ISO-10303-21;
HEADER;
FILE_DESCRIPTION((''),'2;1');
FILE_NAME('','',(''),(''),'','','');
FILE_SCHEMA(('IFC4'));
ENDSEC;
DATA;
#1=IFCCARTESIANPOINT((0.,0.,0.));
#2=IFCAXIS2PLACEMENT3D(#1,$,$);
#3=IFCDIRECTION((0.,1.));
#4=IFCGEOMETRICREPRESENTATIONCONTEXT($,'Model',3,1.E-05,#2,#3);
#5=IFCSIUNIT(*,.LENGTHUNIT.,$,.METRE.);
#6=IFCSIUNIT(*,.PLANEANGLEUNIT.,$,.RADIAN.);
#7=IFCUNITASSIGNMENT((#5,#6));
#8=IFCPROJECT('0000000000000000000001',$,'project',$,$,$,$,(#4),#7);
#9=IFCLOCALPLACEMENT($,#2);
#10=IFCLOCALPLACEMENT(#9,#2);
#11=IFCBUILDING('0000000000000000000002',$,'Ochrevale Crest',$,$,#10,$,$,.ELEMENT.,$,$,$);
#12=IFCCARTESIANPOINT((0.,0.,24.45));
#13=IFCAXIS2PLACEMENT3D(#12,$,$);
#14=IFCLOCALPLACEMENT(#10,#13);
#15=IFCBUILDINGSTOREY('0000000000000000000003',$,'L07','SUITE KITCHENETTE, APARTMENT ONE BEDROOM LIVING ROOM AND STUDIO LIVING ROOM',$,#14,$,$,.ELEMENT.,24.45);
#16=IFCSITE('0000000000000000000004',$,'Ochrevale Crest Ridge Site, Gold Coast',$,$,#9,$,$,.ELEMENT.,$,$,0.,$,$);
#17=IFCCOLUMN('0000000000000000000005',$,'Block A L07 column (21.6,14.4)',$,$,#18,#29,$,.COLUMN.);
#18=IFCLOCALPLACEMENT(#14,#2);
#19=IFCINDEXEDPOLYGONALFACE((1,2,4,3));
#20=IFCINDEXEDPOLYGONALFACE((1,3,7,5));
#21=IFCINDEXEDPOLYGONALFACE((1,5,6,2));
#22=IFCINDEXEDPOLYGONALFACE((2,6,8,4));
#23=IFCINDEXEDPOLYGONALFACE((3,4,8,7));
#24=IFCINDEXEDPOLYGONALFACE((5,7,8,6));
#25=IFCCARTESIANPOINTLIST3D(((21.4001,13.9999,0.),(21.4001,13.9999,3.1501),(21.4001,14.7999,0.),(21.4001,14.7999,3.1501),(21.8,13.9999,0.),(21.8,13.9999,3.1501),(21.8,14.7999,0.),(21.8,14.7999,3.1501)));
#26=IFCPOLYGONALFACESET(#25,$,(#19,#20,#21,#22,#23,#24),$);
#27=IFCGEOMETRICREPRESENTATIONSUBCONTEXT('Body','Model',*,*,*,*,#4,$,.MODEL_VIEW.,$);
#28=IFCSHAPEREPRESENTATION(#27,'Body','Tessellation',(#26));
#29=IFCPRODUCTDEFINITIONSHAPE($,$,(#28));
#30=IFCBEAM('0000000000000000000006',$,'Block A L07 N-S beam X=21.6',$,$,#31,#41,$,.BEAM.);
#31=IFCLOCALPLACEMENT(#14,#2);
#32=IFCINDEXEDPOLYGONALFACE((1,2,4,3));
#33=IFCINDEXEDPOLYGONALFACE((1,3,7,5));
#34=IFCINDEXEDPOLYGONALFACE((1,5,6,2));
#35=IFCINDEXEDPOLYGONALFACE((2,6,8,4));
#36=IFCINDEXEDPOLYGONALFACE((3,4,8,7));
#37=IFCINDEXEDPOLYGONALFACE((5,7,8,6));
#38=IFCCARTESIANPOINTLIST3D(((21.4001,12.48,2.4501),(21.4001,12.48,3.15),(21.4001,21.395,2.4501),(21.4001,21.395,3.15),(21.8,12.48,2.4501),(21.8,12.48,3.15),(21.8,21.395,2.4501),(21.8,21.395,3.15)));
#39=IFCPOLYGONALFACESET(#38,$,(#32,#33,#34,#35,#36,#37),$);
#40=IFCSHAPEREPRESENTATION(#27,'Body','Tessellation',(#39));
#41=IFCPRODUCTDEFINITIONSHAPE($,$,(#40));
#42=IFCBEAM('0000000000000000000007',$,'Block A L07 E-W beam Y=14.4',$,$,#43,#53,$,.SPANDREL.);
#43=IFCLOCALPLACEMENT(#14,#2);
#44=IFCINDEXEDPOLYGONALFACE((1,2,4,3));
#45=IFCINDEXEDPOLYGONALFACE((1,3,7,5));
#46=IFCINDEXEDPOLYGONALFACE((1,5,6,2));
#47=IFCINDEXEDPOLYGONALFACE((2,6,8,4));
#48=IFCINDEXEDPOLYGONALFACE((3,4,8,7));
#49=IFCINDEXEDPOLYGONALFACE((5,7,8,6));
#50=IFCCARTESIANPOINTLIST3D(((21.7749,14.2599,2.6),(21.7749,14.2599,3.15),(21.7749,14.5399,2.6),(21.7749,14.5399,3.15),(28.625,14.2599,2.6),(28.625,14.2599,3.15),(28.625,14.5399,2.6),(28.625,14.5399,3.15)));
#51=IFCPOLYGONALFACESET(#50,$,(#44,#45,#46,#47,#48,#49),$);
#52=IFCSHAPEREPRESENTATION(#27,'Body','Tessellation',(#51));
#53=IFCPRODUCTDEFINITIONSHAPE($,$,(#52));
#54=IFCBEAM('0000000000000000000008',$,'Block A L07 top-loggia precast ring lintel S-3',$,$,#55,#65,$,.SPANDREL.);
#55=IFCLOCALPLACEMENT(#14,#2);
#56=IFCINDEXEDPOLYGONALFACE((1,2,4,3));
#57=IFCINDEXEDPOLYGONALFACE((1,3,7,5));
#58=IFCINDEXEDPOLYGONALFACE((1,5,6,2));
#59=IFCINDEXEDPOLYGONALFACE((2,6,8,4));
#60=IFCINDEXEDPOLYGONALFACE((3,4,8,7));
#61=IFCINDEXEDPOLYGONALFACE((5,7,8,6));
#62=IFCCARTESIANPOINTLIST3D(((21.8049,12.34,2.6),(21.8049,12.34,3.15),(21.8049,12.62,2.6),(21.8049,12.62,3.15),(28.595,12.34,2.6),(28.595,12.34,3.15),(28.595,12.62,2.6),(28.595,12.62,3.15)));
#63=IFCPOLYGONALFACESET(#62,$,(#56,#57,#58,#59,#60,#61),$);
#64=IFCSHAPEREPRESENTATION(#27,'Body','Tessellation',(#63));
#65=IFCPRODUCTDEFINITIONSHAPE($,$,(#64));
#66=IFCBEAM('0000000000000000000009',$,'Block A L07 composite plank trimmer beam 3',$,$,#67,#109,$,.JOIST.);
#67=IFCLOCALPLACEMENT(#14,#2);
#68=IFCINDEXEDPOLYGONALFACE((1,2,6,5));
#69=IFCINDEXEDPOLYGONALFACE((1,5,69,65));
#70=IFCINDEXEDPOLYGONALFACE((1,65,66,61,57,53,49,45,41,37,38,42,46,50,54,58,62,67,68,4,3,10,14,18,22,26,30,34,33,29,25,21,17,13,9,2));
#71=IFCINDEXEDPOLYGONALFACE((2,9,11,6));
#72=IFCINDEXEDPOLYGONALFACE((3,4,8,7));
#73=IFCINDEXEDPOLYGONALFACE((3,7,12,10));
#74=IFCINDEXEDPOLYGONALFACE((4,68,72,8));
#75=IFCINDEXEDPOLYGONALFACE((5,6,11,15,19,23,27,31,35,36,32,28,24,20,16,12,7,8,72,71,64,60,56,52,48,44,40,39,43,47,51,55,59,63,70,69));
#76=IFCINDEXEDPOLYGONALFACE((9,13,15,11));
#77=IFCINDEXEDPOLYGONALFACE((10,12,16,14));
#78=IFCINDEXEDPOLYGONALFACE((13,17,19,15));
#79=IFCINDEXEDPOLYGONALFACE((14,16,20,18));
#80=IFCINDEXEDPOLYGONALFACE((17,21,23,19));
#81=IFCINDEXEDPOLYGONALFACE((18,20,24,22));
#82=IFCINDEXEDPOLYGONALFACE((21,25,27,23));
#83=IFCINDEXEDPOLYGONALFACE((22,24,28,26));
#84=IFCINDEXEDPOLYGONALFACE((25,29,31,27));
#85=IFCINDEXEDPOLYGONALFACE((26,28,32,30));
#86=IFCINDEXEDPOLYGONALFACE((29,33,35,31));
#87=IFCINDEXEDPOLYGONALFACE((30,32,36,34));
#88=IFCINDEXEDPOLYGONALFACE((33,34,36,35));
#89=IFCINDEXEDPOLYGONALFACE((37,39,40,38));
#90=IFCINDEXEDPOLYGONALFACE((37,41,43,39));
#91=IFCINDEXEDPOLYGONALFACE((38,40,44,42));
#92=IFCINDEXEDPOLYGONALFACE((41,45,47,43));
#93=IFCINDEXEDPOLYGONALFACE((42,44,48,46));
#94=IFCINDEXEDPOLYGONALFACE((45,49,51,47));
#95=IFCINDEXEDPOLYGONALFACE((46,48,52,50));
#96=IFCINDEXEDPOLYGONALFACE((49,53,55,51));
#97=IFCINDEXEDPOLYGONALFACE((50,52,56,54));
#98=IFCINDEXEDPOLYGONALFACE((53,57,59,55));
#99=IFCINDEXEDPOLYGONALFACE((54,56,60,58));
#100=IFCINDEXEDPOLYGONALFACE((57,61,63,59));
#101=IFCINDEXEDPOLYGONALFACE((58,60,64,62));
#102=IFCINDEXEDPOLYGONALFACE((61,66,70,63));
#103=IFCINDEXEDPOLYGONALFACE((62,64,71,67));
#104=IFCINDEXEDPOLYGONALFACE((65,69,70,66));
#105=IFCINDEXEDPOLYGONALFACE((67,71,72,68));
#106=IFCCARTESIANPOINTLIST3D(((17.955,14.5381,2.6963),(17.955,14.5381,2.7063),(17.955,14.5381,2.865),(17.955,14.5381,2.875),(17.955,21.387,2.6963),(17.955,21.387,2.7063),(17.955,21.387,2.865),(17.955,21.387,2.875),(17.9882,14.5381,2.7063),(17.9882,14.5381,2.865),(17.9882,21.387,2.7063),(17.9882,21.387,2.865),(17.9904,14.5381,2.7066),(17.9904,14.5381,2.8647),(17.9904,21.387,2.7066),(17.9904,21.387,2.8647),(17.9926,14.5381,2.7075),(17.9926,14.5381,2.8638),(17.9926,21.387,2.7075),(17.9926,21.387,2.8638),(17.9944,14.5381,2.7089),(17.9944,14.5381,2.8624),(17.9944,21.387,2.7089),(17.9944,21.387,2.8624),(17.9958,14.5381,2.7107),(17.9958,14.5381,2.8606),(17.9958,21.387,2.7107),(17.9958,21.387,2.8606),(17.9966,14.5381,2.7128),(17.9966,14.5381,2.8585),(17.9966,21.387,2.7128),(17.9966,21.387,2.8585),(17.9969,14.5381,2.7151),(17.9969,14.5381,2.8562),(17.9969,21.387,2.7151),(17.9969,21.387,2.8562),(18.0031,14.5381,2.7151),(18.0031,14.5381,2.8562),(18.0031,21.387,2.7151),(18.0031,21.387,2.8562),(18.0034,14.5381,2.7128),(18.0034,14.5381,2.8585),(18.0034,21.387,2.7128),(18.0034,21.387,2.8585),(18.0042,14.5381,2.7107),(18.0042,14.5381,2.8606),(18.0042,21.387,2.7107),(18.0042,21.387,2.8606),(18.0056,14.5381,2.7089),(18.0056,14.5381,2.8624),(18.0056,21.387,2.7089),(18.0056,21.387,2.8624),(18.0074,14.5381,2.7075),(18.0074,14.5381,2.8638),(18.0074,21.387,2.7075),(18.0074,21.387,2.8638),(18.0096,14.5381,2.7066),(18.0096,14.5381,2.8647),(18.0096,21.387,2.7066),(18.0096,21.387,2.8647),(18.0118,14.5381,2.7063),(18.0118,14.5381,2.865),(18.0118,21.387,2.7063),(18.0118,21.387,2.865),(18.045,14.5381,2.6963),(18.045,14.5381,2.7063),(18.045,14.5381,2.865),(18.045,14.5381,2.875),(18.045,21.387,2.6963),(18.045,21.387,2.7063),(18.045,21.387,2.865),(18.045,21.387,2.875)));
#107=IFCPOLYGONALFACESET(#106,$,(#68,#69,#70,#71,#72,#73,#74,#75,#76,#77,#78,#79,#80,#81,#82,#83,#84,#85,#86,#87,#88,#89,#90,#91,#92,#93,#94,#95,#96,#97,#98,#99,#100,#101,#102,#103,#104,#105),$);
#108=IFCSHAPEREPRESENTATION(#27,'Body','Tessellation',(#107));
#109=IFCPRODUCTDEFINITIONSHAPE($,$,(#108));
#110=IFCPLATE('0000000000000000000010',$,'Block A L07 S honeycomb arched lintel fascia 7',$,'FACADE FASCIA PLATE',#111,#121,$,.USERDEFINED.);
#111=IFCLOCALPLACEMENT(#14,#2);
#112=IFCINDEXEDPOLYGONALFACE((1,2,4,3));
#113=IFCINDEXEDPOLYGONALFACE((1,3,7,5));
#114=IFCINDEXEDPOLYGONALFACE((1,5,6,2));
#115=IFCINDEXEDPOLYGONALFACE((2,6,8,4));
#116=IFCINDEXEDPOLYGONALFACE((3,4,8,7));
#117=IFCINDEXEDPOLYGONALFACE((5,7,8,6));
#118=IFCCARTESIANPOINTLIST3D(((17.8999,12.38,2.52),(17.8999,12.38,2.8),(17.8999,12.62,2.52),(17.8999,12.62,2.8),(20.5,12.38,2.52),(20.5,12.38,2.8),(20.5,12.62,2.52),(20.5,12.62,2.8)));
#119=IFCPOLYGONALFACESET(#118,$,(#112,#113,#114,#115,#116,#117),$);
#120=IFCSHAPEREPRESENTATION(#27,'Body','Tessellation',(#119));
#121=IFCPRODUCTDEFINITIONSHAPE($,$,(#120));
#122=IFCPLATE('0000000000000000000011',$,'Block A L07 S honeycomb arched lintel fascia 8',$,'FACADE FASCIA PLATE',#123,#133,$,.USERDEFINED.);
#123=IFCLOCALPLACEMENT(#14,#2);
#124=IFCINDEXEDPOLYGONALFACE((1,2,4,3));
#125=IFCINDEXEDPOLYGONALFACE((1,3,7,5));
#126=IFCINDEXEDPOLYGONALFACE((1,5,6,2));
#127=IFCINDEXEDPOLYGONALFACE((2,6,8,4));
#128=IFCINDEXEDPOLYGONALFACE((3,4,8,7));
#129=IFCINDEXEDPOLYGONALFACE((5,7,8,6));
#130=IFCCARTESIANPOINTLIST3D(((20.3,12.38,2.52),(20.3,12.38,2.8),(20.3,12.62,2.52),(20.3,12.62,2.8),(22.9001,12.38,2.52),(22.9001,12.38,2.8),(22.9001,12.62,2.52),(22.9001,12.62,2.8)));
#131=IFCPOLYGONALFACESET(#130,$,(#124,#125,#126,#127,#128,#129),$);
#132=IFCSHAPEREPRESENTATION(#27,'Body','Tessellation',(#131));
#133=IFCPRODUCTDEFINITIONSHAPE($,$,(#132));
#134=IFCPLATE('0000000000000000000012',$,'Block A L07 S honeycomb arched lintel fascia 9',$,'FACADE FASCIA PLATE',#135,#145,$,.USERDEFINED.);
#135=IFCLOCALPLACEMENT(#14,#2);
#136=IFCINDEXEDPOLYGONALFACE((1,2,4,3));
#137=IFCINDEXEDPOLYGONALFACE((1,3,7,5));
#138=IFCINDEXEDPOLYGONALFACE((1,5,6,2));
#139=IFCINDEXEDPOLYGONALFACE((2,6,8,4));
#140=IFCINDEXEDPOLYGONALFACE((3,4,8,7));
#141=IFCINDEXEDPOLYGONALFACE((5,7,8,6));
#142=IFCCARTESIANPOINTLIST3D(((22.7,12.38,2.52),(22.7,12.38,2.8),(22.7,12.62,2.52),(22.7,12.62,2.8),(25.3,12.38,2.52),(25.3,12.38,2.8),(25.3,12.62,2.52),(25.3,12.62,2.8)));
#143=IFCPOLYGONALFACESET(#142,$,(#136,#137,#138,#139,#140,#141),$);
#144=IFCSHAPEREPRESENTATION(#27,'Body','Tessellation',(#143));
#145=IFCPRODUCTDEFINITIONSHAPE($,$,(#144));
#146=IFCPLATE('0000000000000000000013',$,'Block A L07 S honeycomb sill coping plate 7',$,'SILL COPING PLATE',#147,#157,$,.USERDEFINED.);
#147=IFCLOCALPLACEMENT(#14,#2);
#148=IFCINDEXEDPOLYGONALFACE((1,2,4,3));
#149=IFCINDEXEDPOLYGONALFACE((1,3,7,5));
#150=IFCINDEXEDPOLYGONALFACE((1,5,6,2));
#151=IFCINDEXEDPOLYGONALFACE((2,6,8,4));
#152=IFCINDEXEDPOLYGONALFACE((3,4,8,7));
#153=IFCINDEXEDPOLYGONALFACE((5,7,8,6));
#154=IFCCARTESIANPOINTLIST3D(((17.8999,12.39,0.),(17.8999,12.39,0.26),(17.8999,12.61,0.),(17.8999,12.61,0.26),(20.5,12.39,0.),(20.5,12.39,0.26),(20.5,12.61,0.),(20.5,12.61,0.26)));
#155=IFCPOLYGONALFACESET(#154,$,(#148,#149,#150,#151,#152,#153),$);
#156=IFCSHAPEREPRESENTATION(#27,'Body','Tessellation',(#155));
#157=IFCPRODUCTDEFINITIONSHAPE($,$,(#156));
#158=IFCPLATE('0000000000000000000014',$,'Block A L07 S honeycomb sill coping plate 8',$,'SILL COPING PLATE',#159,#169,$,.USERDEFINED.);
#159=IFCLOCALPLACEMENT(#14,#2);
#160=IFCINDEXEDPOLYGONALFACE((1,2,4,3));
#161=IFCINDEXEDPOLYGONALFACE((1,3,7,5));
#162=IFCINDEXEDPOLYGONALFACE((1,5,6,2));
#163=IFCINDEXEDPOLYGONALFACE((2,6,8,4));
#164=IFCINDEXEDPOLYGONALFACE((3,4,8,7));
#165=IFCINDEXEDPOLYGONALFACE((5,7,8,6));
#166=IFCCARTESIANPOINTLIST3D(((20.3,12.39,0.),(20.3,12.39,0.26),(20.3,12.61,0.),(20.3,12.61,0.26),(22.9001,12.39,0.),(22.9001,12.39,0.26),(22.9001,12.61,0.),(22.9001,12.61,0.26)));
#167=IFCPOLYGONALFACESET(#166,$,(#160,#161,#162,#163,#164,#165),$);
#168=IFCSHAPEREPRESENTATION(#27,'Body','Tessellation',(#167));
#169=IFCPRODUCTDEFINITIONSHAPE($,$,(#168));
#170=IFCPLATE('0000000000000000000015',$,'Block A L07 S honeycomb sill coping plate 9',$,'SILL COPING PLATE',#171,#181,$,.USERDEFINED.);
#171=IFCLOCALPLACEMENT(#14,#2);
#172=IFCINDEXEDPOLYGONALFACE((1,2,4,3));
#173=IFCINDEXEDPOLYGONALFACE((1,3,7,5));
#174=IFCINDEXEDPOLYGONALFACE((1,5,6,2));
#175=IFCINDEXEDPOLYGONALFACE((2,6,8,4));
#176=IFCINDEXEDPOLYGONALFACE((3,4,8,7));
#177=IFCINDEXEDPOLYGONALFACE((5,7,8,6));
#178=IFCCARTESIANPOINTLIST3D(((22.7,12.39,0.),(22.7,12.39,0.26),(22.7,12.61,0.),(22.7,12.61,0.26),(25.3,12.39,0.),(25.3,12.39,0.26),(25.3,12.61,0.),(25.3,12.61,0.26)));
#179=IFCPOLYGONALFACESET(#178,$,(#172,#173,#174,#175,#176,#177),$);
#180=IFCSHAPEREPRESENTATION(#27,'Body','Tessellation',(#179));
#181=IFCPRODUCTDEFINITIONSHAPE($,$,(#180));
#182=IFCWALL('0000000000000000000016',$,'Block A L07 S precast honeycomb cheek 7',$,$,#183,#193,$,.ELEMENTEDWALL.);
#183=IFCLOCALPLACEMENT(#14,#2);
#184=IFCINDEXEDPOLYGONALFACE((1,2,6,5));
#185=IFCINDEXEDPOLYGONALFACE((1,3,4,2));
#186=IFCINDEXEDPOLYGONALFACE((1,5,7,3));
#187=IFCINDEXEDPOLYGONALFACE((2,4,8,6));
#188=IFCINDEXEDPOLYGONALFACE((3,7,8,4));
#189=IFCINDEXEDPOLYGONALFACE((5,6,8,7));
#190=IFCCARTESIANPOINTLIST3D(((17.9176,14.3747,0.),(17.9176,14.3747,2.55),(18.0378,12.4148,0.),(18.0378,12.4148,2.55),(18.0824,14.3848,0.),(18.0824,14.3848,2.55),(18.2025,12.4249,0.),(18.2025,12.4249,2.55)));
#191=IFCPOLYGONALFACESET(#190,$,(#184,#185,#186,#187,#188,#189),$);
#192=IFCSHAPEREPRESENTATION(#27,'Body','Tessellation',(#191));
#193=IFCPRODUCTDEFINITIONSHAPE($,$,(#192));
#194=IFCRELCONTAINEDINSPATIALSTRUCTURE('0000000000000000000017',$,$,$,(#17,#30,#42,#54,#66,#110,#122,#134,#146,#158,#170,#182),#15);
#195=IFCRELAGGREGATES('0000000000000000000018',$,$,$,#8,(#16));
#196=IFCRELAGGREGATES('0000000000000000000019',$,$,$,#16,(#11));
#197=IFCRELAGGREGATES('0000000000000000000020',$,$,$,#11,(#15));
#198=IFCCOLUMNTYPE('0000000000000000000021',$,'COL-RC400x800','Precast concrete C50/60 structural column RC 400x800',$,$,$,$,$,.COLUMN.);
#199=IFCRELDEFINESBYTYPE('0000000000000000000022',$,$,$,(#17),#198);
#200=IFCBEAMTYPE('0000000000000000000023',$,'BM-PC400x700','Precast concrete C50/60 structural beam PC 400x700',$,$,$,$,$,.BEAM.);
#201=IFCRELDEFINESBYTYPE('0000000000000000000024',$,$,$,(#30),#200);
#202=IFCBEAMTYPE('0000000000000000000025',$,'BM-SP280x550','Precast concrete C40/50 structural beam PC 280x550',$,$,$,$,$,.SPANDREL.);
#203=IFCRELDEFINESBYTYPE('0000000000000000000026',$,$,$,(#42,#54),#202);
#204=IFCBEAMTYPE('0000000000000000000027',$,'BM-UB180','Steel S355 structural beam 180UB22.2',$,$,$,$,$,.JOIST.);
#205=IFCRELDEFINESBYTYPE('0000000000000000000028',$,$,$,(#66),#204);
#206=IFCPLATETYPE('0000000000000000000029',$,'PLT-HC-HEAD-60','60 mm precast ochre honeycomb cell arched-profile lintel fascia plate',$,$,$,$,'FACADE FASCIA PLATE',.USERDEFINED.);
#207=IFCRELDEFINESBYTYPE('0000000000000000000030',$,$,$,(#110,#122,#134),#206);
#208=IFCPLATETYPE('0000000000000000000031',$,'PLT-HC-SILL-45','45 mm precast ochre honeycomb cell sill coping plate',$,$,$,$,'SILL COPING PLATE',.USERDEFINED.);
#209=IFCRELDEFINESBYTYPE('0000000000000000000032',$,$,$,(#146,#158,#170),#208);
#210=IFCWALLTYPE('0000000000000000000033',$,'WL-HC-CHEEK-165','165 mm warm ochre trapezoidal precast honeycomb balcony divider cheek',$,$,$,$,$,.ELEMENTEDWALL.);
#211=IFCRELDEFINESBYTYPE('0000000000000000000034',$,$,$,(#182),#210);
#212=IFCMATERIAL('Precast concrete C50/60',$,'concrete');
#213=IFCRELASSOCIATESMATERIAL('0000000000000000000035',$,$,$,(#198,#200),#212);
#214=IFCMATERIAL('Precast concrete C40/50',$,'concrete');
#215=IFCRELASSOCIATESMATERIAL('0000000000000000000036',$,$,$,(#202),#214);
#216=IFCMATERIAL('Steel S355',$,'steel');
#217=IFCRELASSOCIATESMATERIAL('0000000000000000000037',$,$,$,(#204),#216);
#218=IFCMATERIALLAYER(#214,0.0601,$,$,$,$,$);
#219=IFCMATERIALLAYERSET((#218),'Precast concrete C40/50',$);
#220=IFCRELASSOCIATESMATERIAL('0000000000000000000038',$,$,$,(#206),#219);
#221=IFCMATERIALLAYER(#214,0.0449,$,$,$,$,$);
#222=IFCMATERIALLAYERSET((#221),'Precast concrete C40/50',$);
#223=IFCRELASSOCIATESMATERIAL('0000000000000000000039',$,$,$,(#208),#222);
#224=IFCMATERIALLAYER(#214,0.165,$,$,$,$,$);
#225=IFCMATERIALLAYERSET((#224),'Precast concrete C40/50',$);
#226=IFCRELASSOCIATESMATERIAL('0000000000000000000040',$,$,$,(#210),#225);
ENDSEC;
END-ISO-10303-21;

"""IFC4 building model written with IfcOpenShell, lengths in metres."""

from ifc_helpers import new_model, si_unit, direction, frame, frame_2d, origin, origin_2d, place, context, subcontext, project, spatial, rectangle, i_section, extrude, material, layer, layer_set, material_profile, profile_set, type_object, element, save


model = new_model("IFC4")

# Units and contexts
model_context = context("Model", 3, precision=1e-05, world=origin(), true_north=direction((0.0, 1.0)))
body_context = subcontext(model_context, "Body", "Model", "MODEL_VIEW")
ifc_project = project(units=[si_unit("LENGTHUNIT", "METRE"), si_unit("PLANEANGLEUNIT", "RADIAN")], contexts=[model_context])

# Site, building, storey
site_placement = place(None, origin())
site = spatial("IfcSite", under=ifc_project, at=site_placement, Name="Ochrevale Crest Ridge Site, Gold Coast", CompositionType="ELEMENT", RefElevation=0.0)
building_placement = place(site_placement, origin())
building = spatial("IfcBuilding", under=site, at=building_placement, Name="Ochrevale Crest", CompositionType="ELEMENT")
storey_placement = place(building_placement, frame((0.0, 0.0, 24.45)))
storey = spatial("IfcBuildingStorey", under=building, at=storey_placement, Name="L07", Description="SUITE KITCHENETTE, APARTMENT ONE BEDROOM LIVING ROOM AND STUDIO LIVING ROOM", CompositionType="ELEMENT", Elevation=24.45)

# Column
ifc_material_1 = material(Name="Precast concrete C50/60", Category="concrete")
ifc_material_profile_1 = material_profile(ifc_material_1, rectangle(XDim=0.3999, YDim=0.8, at=origin_2d()), Name="RC 400x800")
ifc_profile_set_1 = profile_set([ifc_material_profile_1], Name="Precast concrete C50/60")
column_type = type_object("IfcColumnType", Name="COL-RC400x800", Description="Precast concrete C50/60 structural column RC 400x800", PredefinedType="COLUMN", material=ifc_profile_set_1)
column_placement = place(storey_placement, frame((21.6001, 14.3999, 0.0), z_axis=(0.0, 0.0, 1.0), x_axis=(1.0, 0.0, 0.0)))
element("IfcColumn", 1, at=column_placement, inside=storey, type_object=column_type, Name="Block A L07 column (21.6,14.4)", PredefinedType="COLUMN", context=body_context, shape_type="SweptSolid", body=[
    extrude(rectangle(XDim=0.3999, YDim=0.8, at=origin_2d()), origin(), (0.0, 0.0, 1.0), 3.1501),
])

# Beams
ifc_material_profile_2 = material_profile(ifc_material_1, rectangle(XDim=0.3999, YDim=0.7, at=origin_2d()), Name="PC 400x700")
ifc_profile_set_2 = profile_set([ifc_material_profile_2], Name="Precast concrete C50/60")
beam_type_1 = type_object("IfcBeamType", Name="BM-PC400x700", Description="Precast concrete C50/60 structural beam PC 400x700", PredefinedType="BEAM", material=ifc_profile_set_2)
beam_1_placement = place(storey_placement, frame((21.6001, 12.48, 2.8), z_axis=(0.0, 1.0, 0.0), x_axis=(-1.0, 0.0, 0.0)))
element("IfcBeam", 2, at=beam_1_placement, inside=storey, type_object=beam_type_1, Name="Block A L07 N-S beam X=21.6", PredefinedType="BEAM", context=body_context, shape_type="SweptSolid", body=[
    extrude(rectangle(XDim=0.3999, YDim=0.7, at=origin_2d()), origin(), (0.0, 0.0, 1.0), 8.915),
])
ifc_material_2 = material(Name="Precast concrete C40/50", Category="concrete")
ifc_material_profile_3 = material_profile(ifc_material_2, rectangle(XDim=0.28, YDim=0.55, at=origin_2d()), Name="PC 280x550")
ifc_profile_set_3 = profile_set([ifc_material_profile_3], Name="Precast concrete C40/50")
beam_type_2 = type_object("IfcBeamType", Name="BM-SP280x550", Description="Precast concrete C40/50 structural beam PC 280x550", PredefinedType="SPANDREL", material=ifc_profile_set_3)
beam_2_placement = place(storey_placement, frame((21.7749, 14.3999, 2.875), z_axis=(1.0, 0.0, 0.0), x_axis=(0.0, 1.0, 0.0)))
element("IfcBeam", 3, at=beam_2_placement, inside=storey, type_object=beam_type_2, Name="Block A L07 E-W beam Y=14.4", PredefinedType="SPANDREL", context=body_context, shape_type="SweptSolid", body=[
    extrude(rectangle(XDim=0.28, YDim=0.55, at=origin_2d()), origin(), (0.0, 0.0, 1.0), 6.8501),
])
beam_3_placement = place(storey_placement, frame((21.8049, 12.48, 2.875), z_axis=(1.0, 0.0, 0.0), x_axis=(0.0, 1.0, 0.0)))
element("IfcBeam", 4, at=beam_3_placement, inside=storey, type_object=beam_type_2, Name="Block A L07 top-loggia precast ring lintel S-3", PredefinedType="SPANDREL", context=body_context, shape_type="SweptSolid", body=[
    extrude(rectangle(XDim=0.28, YDim=0.55, at=origin_2d()), origin(), (0.0, 0.0, 1.0), 6.79),
])
ifc_material_3 = material(Name="Steel S355", Category="steel")
ifc_material_profile_4 = material_profile(ifc_material_3, i_section(OverallWidth=0.0901, OverallDepth=0.1787, WebThickness=0.0061, FlangeThickness=0.01, FilletRadius=0.0088, at=origin_2d()), Name="180UB22.2")
ifc_profile_set_4 = profile_set([ifc_material_profile_4], Name="Steel S355")
beam_type_3 = type_object("IfcBeamType", Name="BM-UB180", Description="Steel S355 structural beam 180UB22.2", PredefinedType="JOIST", material=ifc_profile_set_4)
beam_4_placement = place(storey_placement, frame((18.0, 14.5381, 2.7856), z_axis=(0.0, 1.0, 0.0), x_axis=(-1.0, 0.0, 0.0)))
element("IfcBeam", 5, at=beam_4_placement, inside=storey, type_object=beam_type_3, Name="Block A L07 composite plank trimmer beam 3", PredefinedType="JOIST", context=body_context, shape_type="SweptSolid", body=[
    extrude(i_section(OverallWidth=0.0901, OverallDepth=0.1787, WebThickness=0.0061, FlangeThickness=0.01, FilletRadius=0.0088, at=origin_2d()), origin(), (0.0, 0.0, 1.0), 6.8489),
])

# Plates
ifc_layer_1 = layer(ifc_material_2, 0.0601)
ifc_layer_set_1 = layer_set([ifc_layer_1], Name="Precast concrete C40/50")
plate_type_1 = type_object("IfcPlateType", Name="PLT-HC-HEAD-60", Description="60 mm precast ochre honeycomb cell arched-profile lintel fascia plate", ElementType="FACADE FASCIA PLATE", PredefinedType="USERDEFINED", material=ifc_layer_set_1)
for number, where, z_axis, x_axis, name in (
    (6, (19.2, 12.5, 2.52), (0.0, 0.0, 1.0), (1.0, 0.0, 0.0), "Block A L07 S honeycomb arched lintel fascia 7"),
    (7, (21.6001, 12.5, 2.52), (0.0, 0.0, 1.0), (1.0, 0.0, 0.0), "Block A L07 S honeycomb arched lintel fascia 8"),
    (8, (24.0, 12.5, 2.52), (0.0, 0.0, 1.0), (1.0, 0.0, 0.0), "Block A L07 S honeycomb arched lintel fascia 9"),
):
    element("IfcPlate", number, at=place(storey_placement, frame(where, z_axis=z_axis, x_axis=x_axis)), inside=storey, type_object=plate_type_1, Name=name, ObjectType="FACADE FASCIA PLATE", PredefinedType="USERDEFINED", context=body_context, shape_type="SweptSolid", body=[
        extrude(rectangle(XDim=2.6001, YDim=0.24, at=origin_2d()), origin(), (0.0, 0.0, 1.0), 0.28),
    ])
ifc_layer_2 = layer(ifc_material_2, 0.0449)
ifc_layer_set_2 = layer_set([ifc_layer_2], Name="Precast concrete C40/50")
plate_type_2 = type_object("IfcPlateType", Name="PLT-HC-SILL-45", Description="45 mm precast ochre honeycomb cell sill coping plate", ElementType="SILL COPING PLATE", PredefinedType="USERDEFINED", material=ifc_layer_set_2)
for number, where, z_axis, x_axis, name in (
    (9, (19.2, 12.5, 0.0), (0.0, 0.0, 1.0), (1.0, 0.0, 0.0), "Block A L07 S honeycomb sill coping plate 7"),
    (10, (21.6001, 12.5, 0.0), (0.0, 0.0, 1.0), (1.0, 0.0, 0.0), "Block A L07 S honeycomb sill coping plate 8"),
    (11, (24.0, 12.5, 0.0), (0.0, 0.0, 1.0), (1.0, 0.0, 0.0), "Block A L07 S honeycomb sill coping plate 9"),
):
    element("IfcPlate", number, at=place(storey_placement, frame(where, z_axis=z_axis, x_axis=x_axis)), inside=storey, type_object=plate_type_2, Name=name, ObjectType="SILL COPING PLATE", PredefinedType="USERDEFINED", context=body_context, shape_type="SweptSolid", body=[
        extrude(rectangle(XDim=2.6001, YDim=0.22, at=origin_2d()), origin(), (0.0, 0.0, 1.0), 0.26),
    ])

# Wall
ifc_layer_3 = layer(ifc_material_2, 0.165)
ifc_layer_set_3 = layer_set([ifc_layer_3], Name="Precast concrete C40/50")
wall_type_1 = type_object("IfcWallType", Name="WL-HC-CHEEK-165", Description="165 mm warm ochre trapezoidal precast honeycomb balcony divider cheek", PredefinedType="ELEMENTEDWALL", material=ifc_layer_set_3)
for number, where, z_axis, x_axis, name in (
    (12, (18.0, 14.3799, 0.0), (0.0, 0.0, 1.0), (0.061171, -0.998127, 0.0), "Block A L07 S precast honeycomb cheek 7"),
):
    element("IfcWall", number, at=place(storey_placement, frame(where, z_axis=z_axis, x_axis=x_axis)), inside=storey, type_object=wall_type_1, Name=name, PredefinedType="ELEMENTEDWALL", context=body_context, shape_type="SweptSolid", body=[
        extrude(rectangle(XDim=1.9636, YDim=0.165, at=frame_2d((0.9819, 0.0))), origin(), (0.0, 0.0, 1.0), 2.55),
    ])

save(model, "model.ifc")
